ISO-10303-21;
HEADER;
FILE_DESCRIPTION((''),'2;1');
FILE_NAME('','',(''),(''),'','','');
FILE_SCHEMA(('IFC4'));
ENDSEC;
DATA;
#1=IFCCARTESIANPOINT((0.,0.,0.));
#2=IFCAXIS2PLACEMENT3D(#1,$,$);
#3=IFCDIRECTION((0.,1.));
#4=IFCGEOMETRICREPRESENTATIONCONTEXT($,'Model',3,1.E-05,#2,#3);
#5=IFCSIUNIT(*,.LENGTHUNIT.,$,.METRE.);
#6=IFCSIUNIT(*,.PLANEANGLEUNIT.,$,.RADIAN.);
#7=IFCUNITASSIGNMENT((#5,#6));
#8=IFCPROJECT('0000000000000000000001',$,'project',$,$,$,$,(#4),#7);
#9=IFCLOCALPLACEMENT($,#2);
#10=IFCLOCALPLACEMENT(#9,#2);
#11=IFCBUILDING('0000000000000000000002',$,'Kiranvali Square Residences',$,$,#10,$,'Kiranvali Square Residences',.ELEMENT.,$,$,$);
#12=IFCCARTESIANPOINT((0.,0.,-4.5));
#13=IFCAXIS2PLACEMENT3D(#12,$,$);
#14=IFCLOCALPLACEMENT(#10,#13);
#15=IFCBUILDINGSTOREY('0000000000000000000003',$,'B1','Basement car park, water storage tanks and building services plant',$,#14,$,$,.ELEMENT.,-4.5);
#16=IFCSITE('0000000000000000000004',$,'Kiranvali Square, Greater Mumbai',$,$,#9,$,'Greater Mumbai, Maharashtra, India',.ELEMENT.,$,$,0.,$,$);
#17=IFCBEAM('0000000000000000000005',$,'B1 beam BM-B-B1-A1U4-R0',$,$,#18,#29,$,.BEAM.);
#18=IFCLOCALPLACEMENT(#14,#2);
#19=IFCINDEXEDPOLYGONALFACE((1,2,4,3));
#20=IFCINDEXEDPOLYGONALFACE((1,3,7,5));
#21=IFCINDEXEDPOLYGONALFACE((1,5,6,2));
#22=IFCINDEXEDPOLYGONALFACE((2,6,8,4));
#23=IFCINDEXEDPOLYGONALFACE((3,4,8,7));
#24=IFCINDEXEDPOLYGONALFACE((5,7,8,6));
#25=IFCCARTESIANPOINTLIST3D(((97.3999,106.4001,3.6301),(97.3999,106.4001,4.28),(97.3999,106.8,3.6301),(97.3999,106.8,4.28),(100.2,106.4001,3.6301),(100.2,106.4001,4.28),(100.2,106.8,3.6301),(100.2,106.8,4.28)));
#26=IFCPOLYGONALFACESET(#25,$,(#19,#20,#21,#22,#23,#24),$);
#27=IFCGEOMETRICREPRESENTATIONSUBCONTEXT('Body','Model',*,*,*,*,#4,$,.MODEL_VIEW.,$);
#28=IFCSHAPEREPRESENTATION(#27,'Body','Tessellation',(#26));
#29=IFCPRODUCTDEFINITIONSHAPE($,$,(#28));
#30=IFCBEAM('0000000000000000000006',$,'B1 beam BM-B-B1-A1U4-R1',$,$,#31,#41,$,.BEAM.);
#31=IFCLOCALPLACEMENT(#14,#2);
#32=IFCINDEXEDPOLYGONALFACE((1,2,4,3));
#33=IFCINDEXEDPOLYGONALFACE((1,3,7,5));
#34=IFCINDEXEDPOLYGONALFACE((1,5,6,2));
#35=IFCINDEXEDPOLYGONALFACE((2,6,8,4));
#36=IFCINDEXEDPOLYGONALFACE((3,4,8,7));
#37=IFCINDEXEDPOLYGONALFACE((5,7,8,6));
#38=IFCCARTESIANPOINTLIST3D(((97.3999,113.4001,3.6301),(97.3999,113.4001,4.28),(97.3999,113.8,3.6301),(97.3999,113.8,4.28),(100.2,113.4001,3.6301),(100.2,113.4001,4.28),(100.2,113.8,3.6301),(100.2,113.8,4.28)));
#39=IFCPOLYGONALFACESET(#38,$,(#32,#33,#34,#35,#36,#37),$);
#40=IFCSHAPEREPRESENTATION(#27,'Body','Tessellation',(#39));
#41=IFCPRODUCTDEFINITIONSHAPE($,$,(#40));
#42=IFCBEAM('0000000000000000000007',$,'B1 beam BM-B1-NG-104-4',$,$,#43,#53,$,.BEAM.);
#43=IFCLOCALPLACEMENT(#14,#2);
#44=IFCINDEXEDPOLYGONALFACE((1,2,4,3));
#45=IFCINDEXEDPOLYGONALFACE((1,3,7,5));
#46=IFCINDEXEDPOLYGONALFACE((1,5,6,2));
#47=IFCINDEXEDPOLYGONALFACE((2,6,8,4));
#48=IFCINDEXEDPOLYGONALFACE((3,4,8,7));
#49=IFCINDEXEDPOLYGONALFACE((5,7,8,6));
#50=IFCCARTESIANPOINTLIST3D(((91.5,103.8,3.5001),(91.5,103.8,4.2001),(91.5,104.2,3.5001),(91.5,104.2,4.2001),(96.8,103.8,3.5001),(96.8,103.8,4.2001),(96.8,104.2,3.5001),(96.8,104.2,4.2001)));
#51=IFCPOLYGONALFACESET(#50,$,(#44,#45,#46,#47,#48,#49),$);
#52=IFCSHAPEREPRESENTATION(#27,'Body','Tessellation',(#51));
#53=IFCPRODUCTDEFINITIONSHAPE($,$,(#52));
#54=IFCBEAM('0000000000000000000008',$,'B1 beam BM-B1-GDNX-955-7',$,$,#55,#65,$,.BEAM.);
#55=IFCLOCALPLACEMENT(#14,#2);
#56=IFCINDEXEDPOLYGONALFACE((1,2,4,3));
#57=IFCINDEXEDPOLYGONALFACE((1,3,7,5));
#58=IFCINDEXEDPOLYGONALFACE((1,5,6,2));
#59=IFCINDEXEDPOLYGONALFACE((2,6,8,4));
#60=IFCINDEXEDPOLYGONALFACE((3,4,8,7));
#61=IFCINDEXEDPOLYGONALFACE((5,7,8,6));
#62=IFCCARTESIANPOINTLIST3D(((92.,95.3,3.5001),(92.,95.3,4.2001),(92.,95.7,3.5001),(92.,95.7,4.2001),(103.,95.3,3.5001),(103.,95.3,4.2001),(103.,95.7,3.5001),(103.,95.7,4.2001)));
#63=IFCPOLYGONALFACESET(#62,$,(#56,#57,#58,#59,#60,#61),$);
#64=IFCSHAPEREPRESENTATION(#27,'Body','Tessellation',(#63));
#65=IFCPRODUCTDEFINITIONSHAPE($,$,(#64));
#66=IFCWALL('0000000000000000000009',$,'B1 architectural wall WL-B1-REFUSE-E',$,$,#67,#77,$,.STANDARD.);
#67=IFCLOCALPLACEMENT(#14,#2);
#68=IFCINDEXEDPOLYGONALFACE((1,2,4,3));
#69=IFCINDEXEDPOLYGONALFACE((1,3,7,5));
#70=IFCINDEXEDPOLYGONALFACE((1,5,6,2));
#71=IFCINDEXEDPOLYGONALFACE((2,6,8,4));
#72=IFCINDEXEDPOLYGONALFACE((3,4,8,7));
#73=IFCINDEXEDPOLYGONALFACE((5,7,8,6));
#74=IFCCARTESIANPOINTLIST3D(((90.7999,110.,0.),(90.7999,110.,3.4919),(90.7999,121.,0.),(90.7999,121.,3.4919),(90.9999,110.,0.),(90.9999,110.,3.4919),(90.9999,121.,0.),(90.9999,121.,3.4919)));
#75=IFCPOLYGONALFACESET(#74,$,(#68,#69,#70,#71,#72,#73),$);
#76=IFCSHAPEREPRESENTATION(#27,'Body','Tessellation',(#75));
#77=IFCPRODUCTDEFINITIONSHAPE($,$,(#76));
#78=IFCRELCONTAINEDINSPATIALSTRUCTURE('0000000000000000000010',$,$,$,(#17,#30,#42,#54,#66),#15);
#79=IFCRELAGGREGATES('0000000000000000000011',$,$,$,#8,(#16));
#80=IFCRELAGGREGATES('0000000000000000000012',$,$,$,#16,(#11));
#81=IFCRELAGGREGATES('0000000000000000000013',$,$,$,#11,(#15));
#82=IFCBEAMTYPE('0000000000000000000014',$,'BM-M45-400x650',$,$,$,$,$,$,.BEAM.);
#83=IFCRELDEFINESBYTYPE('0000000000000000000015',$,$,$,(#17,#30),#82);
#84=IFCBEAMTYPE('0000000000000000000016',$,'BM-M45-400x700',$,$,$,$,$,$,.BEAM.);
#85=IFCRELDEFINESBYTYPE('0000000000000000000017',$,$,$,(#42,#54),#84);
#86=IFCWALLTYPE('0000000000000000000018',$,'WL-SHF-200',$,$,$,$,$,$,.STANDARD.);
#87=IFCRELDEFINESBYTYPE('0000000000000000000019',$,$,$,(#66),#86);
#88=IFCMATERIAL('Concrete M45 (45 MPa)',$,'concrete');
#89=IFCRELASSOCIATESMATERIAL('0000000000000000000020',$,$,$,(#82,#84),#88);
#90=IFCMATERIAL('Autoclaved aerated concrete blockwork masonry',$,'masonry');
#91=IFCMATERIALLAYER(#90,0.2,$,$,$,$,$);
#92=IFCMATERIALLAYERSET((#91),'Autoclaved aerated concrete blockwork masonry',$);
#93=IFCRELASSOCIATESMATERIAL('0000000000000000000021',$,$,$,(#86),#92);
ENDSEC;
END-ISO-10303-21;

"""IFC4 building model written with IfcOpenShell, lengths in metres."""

from ifc_helpers import new_model, si_unit, direction, frame, frame_2d, origin, origin_2d, place, context, subcontext, project, spatial, rectangle, extrude, material, layer, layer_set, material_profile, profile_set, type_object, element, save


model = new_model("IFC4")

# Units and contexts
model_context = context("Model", 3, precision=1e-05, world=origin(), true_north=direction((0.0, 1.0)))
body_context = subcontext(model_context, "Body", "Model", "MODEL_VIEW")
ifc_project = project(units=[si_unit("LENGTHUNIT", "METRE"), si_unit("PLANEANGLEUNIT", "RADIAN")], contexts=[model_context])

# Site, building, storey
site_placement = place(None, origin())
site = spatial("IfcSite", under=ifc_project, at=site_placement, Name="Kiranvali Square, Greater Mumbai", LongName="Greater Mumbai, Maharashtra, India", CompositionType="ELEMENT", RefElevation=0.0)
building_placement = place(site_placement, origin())
building = spatial("IfcBuilding", under=site, at=building_placement, Name="Kiranvali Square Residences", LongName="Kiranvali Square Residences", CompositionType="ELEMENT")
storey_placement = place(building_placement, frame((0.0, 0.0, -4.5)))
storey = spatial("IfcBuildingStorey", under=building, at=storey_placement, Name="B1", Description="Basement car park, water storage tanks and building services plant", CompositionType="ELEMENT", Elevation=-4.5)

# Shared definitions
ifc_material_1 = material(Name="Concrete M45 (45 MPa)", Category="concrete")

# Beams
ifc_material_profile_1 = material_profile(ifc_material_1, rectangle(XDim=0.3999, YDim=0.6499, at=origin_2d()), Name="RC 400x650")
ifc_profile_set_1 = profile_set([ifc_material_profile_1], Name="Concrete M45 (45 MPa)")
beam_type_1 = type_object("IfcBeamType", Name="BM-M45-400x650", PredefinedType="BEAM", material=ifc_profile_set_1)
for number, where, z_axis, x_axis, name in (
    (1, (100.2, 106.6001, 3.9551), (-1.0, 0.0, 0.0), (0.0, -1.0, 0.0), "B1 beam BM-B-B1-A1U4-R0"),
    (2, (100.2, 113.6001, 3.9551), (-1.0, 0.0, 0.0), (0.0, -1.0, 0.0), "B1 beam BM-B-B1-A1U4-R1"),
):
    element("IfcBeam", number, at=place(storey_placement, frame(where, z_axis=z_axis, x_axis=x_axis)), inside=storey, type_object=beam_type_1, Name=name, PredefinedType="BEAM", context=body_context, shape_type="SweptSolid", body=[
        extrude(rectangle(XDim=0.3999, YDim=0.6499, at=origin_2d()), origin(), (0.0, 0.0, 1.0), 2.8),
    ])
ifc_material_profile_2 = material_profile(ifc_material_1, rectangle(XDim=0.3999, YDim=0.7, at=origin_2d()), Name="RC 400x700")
ifc_profile_set_2 = profile_set([ifc_material_profile_2], Name="Concrete M45 (45 MPa)")
beam_type_2 = type_object("IfcBeamType", Name="BM-M45-400x700", PredefinedType="BEAM", material=ifc_profile_set_2)
beam_1_placement = place(storey_placement, frame((91.5, 104.0, 3.8501), z_axis=(1.0, 0.0, 0.0), x_axis=(0.0, 1.0, 0.0)))
element("IfcBeam", 3, at=beam_1_placement, inside=storey, type_object=beam_type_2, Name="B1 beam BM-B1-NG-104-4", PredefinedType="BEAM", context=body_context, shape_type="SweptSolid", body=[
    extrude(rectangle(XDim=0.3999, YDim=0.7, at=origin_2d()), origin(), (0.0, 0.0, 1.0), 5.3),
])
beam_2_placement = place(storey_placement, frame((92.0, 95.5, 3.8501), z_axis=(1.0, 0.0, 0.0), x_axis=(0.0, 1.0, 0.0)))
element("IfcBeam", 4, at=beam_2_placement, inside=storey, type_object=beam_type_2, Name="B1 beam BM-B1-GDNX-955-7", PredefinedType="BEAM", context=body_context, shape_type="SweptSolid", body=[
    extrude(rectangle(XDim=0.3999, YDim=0.7, at=origin_2d()), origin(), (0.0, 0.0, 1.0), 11.0),
])

# Wall
ifc_material_2 = material(Name="Autoclaved aerated concrete blockwork masonry", Category="masonry")
ifc_layer = layer(ifc_material_2, 0.2)
ifc_layer_set = layer_set([ifc_layer], Name="Autoclaved aerated concrete blockwork masonry")
wall_type = type_object("IfcWallType", Name="WL-SHF-200", PredefinedType="STANDARD", material=ifc_layer_set)
wall_placement = place(storey_placement, frame((90.8999, 110.0, 0.0), z_axis=(0.0, 0.0, 1.0), x_axis=(0.0, 1.0, 0.0)))
element("IfcWall", 5, at=wall_placement, inside=storey, type_object=wall_type, Name="B1 architectural wall WL-B1-REFUSE-E", PredefinedType="STANDARD", context=body_context, shape_type="SweptSolid", body=[
    extrude(rectangle(XDim=11.0, YDim=0.2, at=frame_2d((5.5, 0.0))), origin(), (0.0, 0.0, 1.0), 3.4919),
])

save(model, "model.ifc")
